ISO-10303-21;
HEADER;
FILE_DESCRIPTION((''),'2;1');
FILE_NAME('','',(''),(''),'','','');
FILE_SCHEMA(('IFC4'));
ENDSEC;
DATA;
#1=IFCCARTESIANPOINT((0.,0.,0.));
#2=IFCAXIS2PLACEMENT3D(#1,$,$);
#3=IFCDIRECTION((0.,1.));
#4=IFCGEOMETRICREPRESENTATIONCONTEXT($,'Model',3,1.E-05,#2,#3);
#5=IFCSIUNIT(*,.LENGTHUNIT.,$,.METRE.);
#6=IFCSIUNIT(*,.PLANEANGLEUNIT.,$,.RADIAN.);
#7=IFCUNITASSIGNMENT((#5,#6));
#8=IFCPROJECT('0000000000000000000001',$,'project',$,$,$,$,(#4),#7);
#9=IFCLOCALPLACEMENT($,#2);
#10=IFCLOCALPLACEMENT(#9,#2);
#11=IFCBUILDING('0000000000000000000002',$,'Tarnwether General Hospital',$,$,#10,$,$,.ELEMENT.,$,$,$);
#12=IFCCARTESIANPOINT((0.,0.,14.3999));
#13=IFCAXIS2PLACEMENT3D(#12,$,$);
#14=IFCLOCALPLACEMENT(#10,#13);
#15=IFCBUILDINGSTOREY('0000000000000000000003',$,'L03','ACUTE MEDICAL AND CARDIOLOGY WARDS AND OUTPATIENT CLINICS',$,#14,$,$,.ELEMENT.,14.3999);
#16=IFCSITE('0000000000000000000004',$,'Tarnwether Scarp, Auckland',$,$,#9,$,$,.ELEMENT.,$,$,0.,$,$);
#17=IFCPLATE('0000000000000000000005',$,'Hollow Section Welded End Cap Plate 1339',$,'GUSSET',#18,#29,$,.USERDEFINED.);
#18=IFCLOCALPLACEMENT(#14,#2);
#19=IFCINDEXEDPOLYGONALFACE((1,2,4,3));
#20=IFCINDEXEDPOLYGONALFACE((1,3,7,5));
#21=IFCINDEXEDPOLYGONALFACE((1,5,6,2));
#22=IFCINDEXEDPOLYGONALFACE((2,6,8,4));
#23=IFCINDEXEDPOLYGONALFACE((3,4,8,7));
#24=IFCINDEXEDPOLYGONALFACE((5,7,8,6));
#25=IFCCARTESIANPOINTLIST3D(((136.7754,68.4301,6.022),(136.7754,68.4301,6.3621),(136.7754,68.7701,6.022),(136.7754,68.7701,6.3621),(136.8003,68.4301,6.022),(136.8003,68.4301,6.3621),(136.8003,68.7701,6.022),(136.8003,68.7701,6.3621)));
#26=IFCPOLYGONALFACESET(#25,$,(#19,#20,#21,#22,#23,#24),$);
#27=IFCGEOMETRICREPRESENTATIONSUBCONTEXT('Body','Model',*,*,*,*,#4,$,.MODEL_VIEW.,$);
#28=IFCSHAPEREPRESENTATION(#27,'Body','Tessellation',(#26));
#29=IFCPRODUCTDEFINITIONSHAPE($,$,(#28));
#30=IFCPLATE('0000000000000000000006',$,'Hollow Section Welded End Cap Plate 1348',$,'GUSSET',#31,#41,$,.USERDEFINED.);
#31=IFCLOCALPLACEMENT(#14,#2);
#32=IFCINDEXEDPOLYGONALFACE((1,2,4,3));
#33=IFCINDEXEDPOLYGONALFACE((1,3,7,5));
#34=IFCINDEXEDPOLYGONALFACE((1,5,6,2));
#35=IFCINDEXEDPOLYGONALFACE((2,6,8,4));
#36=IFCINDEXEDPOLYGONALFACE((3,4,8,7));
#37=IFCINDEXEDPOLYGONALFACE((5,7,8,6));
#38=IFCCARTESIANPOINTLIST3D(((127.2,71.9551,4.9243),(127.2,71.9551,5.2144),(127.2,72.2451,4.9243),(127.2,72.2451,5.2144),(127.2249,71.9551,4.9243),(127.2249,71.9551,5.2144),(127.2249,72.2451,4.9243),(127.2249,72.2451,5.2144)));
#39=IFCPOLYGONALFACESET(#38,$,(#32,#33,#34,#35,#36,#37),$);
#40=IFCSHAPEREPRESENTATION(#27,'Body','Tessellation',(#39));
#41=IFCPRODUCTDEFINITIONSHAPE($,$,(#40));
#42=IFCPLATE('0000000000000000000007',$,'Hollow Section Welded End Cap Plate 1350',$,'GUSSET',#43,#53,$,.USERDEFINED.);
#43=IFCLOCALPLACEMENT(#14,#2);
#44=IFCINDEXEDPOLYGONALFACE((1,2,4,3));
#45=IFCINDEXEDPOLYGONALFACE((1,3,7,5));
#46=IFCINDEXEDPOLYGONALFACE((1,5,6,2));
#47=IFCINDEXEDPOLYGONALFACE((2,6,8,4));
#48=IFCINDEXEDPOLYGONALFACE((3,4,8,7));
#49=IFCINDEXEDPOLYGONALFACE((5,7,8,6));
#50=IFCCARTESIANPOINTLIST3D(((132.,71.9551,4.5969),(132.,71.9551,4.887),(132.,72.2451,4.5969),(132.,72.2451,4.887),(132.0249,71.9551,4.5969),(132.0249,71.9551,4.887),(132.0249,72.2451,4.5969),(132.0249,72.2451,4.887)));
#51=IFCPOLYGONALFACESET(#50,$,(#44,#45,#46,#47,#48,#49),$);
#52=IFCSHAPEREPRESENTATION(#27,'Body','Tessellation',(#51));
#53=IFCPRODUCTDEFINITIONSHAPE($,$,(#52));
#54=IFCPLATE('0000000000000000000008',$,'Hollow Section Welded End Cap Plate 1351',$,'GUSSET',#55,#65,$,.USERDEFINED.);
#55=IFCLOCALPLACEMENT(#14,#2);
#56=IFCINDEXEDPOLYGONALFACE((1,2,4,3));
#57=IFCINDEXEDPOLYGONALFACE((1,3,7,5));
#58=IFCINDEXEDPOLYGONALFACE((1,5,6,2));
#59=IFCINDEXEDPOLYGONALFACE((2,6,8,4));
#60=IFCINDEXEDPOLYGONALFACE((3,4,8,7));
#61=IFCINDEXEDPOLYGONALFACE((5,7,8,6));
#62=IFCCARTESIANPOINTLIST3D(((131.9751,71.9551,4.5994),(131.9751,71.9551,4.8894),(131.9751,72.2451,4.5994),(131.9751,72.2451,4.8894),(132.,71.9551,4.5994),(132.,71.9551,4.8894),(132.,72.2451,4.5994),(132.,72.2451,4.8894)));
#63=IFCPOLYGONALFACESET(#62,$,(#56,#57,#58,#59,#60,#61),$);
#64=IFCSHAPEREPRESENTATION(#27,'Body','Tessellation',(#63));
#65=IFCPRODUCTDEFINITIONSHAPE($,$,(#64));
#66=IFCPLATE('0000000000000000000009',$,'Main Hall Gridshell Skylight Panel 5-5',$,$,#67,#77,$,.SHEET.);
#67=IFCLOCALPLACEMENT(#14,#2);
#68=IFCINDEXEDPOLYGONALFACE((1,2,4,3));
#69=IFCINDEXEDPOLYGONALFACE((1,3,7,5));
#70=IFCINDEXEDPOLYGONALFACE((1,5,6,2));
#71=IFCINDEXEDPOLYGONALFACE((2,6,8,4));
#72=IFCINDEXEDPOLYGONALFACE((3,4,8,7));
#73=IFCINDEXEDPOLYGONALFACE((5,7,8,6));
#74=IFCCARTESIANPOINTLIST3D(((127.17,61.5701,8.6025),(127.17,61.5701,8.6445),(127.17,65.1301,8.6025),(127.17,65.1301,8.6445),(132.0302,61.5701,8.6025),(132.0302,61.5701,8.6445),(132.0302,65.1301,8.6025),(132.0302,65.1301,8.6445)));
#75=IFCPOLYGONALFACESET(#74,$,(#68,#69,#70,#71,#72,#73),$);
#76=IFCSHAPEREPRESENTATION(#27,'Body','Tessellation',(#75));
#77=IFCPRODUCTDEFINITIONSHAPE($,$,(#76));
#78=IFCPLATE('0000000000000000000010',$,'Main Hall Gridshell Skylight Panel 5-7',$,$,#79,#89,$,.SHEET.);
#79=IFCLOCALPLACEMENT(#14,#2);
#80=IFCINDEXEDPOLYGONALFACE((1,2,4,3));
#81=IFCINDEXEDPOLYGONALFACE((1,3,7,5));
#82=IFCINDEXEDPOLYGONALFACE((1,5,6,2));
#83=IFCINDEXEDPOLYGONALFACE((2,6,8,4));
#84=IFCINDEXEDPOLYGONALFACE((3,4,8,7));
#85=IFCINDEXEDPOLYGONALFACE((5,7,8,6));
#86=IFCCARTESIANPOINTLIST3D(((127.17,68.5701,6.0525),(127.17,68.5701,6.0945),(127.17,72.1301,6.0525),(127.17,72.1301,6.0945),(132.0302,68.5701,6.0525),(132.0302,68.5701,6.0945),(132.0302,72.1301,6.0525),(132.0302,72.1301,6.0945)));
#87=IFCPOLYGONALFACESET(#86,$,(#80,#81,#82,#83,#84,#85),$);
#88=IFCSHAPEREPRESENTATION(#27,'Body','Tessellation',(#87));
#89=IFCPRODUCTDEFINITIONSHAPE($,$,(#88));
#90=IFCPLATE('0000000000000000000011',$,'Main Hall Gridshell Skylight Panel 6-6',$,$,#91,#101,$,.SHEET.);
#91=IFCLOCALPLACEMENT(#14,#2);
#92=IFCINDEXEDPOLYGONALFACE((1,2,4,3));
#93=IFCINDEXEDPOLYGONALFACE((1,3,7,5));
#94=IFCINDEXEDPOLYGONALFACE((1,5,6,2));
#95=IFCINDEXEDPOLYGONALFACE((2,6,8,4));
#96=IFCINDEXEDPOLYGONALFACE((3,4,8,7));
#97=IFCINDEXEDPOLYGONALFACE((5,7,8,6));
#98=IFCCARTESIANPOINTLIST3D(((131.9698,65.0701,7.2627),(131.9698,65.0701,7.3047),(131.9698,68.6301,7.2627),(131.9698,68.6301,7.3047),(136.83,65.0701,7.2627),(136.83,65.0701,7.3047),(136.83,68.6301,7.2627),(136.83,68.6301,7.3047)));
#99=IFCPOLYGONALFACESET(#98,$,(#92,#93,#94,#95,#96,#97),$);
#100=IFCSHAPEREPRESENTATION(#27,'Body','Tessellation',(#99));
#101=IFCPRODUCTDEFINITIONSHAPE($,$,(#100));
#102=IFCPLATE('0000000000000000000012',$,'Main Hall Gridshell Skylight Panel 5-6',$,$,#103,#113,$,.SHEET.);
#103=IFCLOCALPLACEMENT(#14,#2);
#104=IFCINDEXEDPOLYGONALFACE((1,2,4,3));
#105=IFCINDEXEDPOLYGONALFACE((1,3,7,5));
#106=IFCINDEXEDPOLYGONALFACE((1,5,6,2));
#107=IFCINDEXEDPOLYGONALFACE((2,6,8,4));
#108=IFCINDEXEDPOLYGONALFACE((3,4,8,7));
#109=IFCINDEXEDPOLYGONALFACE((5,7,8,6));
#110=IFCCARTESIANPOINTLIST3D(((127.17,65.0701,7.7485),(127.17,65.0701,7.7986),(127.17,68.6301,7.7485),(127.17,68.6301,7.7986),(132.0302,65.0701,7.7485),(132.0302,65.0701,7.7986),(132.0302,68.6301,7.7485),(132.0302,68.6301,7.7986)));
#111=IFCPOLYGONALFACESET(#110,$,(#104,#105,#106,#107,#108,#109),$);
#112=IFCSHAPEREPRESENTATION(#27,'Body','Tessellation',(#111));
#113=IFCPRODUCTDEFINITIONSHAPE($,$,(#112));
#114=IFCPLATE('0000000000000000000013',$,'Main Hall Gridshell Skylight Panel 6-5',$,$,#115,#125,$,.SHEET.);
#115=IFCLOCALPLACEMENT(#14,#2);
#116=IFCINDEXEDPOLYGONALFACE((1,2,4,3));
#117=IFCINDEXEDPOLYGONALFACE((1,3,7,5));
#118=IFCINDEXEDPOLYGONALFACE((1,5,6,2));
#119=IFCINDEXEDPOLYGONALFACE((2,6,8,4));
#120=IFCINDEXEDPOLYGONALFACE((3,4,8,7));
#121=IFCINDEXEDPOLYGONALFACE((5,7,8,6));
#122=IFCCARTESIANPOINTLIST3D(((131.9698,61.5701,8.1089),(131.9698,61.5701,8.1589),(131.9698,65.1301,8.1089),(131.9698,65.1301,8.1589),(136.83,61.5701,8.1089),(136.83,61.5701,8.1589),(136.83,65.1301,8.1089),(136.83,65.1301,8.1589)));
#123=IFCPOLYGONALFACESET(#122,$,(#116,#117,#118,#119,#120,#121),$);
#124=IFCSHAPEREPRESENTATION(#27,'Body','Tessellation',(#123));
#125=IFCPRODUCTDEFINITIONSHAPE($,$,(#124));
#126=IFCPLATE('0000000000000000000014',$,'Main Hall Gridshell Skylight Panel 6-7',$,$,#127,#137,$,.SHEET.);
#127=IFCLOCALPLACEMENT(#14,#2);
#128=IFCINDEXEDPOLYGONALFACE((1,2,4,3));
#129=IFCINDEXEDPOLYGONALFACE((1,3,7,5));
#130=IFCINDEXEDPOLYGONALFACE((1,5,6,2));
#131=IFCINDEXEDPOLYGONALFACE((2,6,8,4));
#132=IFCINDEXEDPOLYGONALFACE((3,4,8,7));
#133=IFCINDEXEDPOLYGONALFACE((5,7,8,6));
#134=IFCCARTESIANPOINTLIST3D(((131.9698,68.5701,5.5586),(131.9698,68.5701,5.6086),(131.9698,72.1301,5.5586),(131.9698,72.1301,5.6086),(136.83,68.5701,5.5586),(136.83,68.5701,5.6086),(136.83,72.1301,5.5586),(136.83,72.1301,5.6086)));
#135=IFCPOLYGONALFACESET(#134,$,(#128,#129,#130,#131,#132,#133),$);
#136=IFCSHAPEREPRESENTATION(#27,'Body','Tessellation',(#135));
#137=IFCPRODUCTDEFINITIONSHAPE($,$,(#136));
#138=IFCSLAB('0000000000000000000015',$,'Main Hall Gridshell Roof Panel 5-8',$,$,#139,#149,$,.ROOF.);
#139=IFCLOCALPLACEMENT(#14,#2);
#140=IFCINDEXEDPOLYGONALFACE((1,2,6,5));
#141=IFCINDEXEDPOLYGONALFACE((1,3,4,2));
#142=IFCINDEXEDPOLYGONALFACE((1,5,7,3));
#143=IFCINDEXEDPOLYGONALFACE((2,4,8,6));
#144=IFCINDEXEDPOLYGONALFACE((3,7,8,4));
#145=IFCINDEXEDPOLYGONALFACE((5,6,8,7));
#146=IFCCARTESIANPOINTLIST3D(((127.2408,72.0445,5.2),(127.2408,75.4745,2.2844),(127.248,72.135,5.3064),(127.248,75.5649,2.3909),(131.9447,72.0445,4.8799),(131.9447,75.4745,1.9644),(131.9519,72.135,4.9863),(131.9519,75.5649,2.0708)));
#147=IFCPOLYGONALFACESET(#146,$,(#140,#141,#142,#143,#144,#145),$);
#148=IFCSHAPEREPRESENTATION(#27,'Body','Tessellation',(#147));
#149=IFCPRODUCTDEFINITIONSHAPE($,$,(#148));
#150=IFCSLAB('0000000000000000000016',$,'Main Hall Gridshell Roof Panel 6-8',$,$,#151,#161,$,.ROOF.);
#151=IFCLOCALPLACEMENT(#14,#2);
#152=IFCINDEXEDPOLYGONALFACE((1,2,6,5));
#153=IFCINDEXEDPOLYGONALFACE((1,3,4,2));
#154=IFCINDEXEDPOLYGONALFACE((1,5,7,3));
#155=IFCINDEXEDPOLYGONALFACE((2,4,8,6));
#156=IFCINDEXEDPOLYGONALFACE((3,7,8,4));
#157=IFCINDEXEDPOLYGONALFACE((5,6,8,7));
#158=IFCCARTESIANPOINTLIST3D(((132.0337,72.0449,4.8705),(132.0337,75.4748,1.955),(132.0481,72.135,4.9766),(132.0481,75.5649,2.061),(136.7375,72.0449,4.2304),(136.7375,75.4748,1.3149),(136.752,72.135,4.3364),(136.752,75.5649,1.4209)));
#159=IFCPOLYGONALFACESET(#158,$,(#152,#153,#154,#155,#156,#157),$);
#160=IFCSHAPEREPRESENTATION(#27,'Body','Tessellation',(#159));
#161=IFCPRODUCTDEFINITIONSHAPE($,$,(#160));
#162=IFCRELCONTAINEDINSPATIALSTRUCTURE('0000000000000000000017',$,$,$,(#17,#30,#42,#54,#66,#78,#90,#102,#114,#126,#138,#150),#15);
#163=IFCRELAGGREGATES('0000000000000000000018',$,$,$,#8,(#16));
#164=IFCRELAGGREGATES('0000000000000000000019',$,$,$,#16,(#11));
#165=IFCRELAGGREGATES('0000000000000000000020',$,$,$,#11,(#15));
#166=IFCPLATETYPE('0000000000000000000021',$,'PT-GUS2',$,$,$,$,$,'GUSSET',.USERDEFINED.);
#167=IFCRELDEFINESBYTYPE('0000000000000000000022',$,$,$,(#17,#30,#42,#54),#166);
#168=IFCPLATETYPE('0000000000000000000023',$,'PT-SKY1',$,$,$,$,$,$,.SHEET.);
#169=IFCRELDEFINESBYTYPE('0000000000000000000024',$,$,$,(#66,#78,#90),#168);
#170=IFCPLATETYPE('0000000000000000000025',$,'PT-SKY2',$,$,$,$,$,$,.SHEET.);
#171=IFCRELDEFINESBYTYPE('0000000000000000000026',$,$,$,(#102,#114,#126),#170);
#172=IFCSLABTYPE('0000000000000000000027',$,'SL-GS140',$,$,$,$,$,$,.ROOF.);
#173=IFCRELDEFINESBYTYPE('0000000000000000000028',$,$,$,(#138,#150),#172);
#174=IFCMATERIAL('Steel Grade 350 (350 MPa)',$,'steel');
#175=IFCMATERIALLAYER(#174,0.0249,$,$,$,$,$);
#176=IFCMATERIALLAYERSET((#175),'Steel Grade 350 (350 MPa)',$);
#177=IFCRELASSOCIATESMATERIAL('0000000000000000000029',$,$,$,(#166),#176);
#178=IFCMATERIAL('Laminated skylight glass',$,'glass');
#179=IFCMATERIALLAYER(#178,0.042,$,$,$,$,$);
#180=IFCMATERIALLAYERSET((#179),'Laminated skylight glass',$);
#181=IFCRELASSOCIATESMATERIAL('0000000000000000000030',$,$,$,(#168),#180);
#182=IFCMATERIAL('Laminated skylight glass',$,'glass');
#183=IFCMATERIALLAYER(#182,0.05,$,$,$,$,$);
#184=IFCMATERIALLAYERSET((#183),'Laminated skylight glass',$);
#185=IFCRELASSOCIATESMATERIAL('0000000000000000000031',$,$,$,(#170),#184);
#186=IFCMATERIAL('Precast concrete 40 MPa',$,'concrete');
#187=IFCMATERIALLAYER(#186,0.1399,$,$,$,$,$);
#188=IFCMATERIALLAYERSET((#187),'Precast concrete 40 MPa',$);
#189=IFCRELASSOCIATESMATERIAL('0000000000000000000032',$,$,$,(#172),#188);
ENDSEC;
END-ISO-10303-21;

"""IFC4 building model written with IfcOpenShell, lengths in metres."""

from ifc_helpers import new_model, si_unit, direction, frame, origin, origin_2d, place, context, subcontext, project, spatial, polyline, rectangle, outline, extrude, material, layer, layer_set, type_object, element, save


model = new_model("IFC4")

# Units and contexts
model_context = context("Model", 3, precision=1e-05, world=origin(), true_north=direction((0.0, 1.0)))
body_context = subcontext(model_context, "Body", "Model", "MODEL_VIEW")
ifc_project = project(units=[si_unit("LENGTHUNIT", "METRE"), si_unit("PLANEANGLEUNIT", "RADIAN")], contexts=[model_context])

# Site, building, storey
site_placement = place(None, origin())
site = spatial("IfcSite", under=ifc_project, at=site_placement, Name="Tarnwether Scarp, Auckland", CompositionType="ELEMENT", RefElevation=0.0)
building_placement = place(site_placement, origin())
building = spatial("IfcBuilding", under=site, at=building_placement, Name="Tarnwether General Hospital", CompositionType="ELEMENT")
storey_placement = place(building_placement, frame((0.0, 0.0, 14.3999)))
storey = spatial("IfcBuildingStorey", under=building, at=storey_placement, Name="L03", Description="ACUTE MEDICAL AND CARDIOLOGY WARDS AND OUTPATIENT CLINICS", CompositionType="ELEMENT", Elevation=14.3999)

# Plates
ifc_material_1 = material(Name="Steel Grade 350 (350 MPa)", Category="steel")
ifc_layer_1 = layer(ifc_material_1, 0.0249)
ifc_layer_set_1 = layer_set([ifc_layer_1], Name="Steel Grade 350 (350 MPa)")
plate_type_1 = type_object("IfcPlateType", Name="PT-GUS2", ElementType="GUSSET", PredefinedType="USERDEFINED", material=ifc_layer_set_1)
for number, where, z_axis, x_axis, name in (
    (1, (136.7878, 68.6001, 6.022), (0.0, 0.0, 1.0), (1.0, 0.0, 0.0), "Hollow Section Welded End Cap Plate 1339"),
):
    element("IfcPlate", number, at=place(storey_placement, frame(where, z_axis=z_axis, x_axis=x_axis)), inside=storey, type_object=plate_type_1, Name=name, ObjectType="GUSSET", PredefinedType="USERDEFINED", context=body_context, shape_type="SweptSolid", body=[
        extrude(rectangle(XDim=0.0249, YDim=0.3401, at=origin_2d()), origin(), (0.0, 0.0, 1.0), 0.3401),
    ])
for number, where, z_axis, x_axis, name in (
    (2, (127.2124, 72.1001, 4.9243), (0.0, 0.0, 1.0), (1.0, 0.0, 0.0), "Hollow Section Welded End Cap Plate 1348"),
    (3, (132.0125, 72.1001, 4.5969), (0.0, 0.0, 1.0), (1.0, 0.0, 0.0), "Hollow Section Welded End Cap Plate 1350"),
    (4, (131.9875, 72.1001, 4.5994), (0.0, 0.0, 1.0), (1.0, 0.0, 0.0), "Hollow Section Welded End Cap Plate 1351"),
):
    element("IfcPlate", number, at=place(storey_placement, frame(where, z_axis=z_axis, x_axis=x_axis)), inside=storey, type_object=plate_type_1, Name=name, ObjectType="GUSSET", PredefinedType="USERDEFINED", context=body_context, shape_type="SweptSolid", body=[
        extrude(rectangle(XDim=0.0249, YDim=0.29, at=origin_2d()), origin(), (0.0, 0.0, 1.0), 0.29),
    ])
ifc_material_2 = material(Name="Laminated skylight glass", Category="glass")
ifc_layer_2 = layer(ifc_material_2, 0.042)
ifc_layer_set_2 = layer_set([ifc_layer_2], Name="Laminated skylight glass")
plate_type_2 = type_object("IfcPlateType", Name="PT-SKY1", PredefinedType="SHEET", material=ifc_layer_set_2)
for number, where, z_axis, x_axis, name in (
    (5, (129.6001, 63.3501, 8.6025), (0.0, 0.0, 1.0), (1.0, 0.0, 0.0), "Main Hall Gridshell Skylight Panel 5-5"),
    (6, (129.6001, 70.3501, 6.0525), (0.0, 0.0, 1.0), (1.0, 0.0, 0.0), "Main Hall Gridshell Skylight Panel 5-7"),
    (7, (134.3999, 66.8501, 7.2627), (0.0, 0.0, 1.0), (1.0, 0.0, 0.0), "Main Hall Gridshell Skylight Panel 6-6"),
):
    element("IfcPlate", number, at=place(storey_placement, frame(where, z_axis=z_axis, x_axis=x_axis)), inside=storey, type_object=plate_type_2, Name=name, PredefinedType="SHEET", context=body_context, shape_type="SweptSolid", body=[
        extrude(rectangle(XDim=4.8601, YDim=3.5601, at=origin_2d()), origin(), (0.0, 0.0, 1.0), 0.042),
    ])
ifc_material_3 = material(Name="Laminated skylight glass", Category="glass")
ifc_layer_3 = layer(ifc_material_3, 0.05)
ifc_layer_set_3 = layer_set([ifc_layer_3], Name="Laminated skylight glass")
plate_type_3 = type_object("IfcPlateType", Name="PT-SKY2", PredefinedType="SHEET", material=ifc_layer_set_3)
for number, where, z_axis, x_axis, name in (
    (8, (129.6001, 66.8501, 7.7485), (0.0, 0.0, 1.0), (1.0, 0.0, 0.0), "Main Hall Gridshell Skylight Panel 5-6"),
    (9, (134.3999, 63.3501, 8.1089), (0.0, 0.0, 1.0), (1.0, 0.0, 0.0), "Main Hall Gridshell Skylight Panel 6-5"),
    (10, (134.3999, 70.3501, 5.5586), (0.0, 0.0, 1.0), (1.0, 0.0, 0.0), "Main Hall Gridshell Skylight Panel 6-7"),
):
    element("IfcPlate", number, at=place(storey_placement, frame(where, z_axis=z_axis, x_axis=x_axis)), inside=storey, type_object=plate_type_3, Name=name, PredefinedType="SHEET", context=body_context, shape_type="SweptSolid", body=[
        extrude(rectangle(XDim=4.8601, YDim=3.5601, at=origin_2d()), origin(), (0.0, 0.0, 1.0), 0.05),
    ])

# Slabs
ifc_material_4 = material(Name="Precast concrete 40 MPa", Category="concrete")
ifc_layer_4 = layer(ifc_material_4, 0.1399)
ifc_layer_set_4 = layer_set([ifc_layer_4], Name="Precast concrete 40 MPa")
slab_type = type_object("IfcSlabType", Name="SL-GS140", PredefinedType="ROOF", material=ifc_layer_set_4)
slab_1_placement = place(storey_placement, frame((127.248, 72.135, 5.3064), z_axis=(0.051775, 0.646791, 0.760908), x_axis=(0.997693, 0.0, -0.067887)))
element("IfcSlab", 11, at=slab_1_placement, inside=storey, type_object=slab_type, Name="Main Hall Gridshell Roof Panel 5-8", PredefinedType="ROOF", context=body_context, shape_type="SweptSolid", body=[
    extrude(outline(polyline([(0.0, 0.0), (4.7147, 0.0), (4.9127, 4.4973), (0.1979, 4.4973), (0.0, 0.0)])), origin(), (0.0, 0.0, -1.0), 0.1399),
])
slab_2_placement = place(storey_placement, frame((132.0481, 72.135, 4.9766), z_axis=(0.103136, 0.644206, 0.757867), x_axis=(0.990867, 0.0, -0.134845)))
element("IfcSlab", 12, at=slab_2_placement, inside=storey, type_object=slab_type, Name="Main Hall Gridshell Roof Panel 6-8", PredefinedType="ROOF", context=body_context, shape_type="SweptSolid", body=[
    extrude(outline(polyline([(0.0, 0.0), (4.7472, 0.0), (5.1404, 4.4844), (0.3931, 4.4844), (0.0, 0.0)])), origin(), (0.0, 0.0, -1.0), 0.1399),
])

save(model, "model.ifc")
